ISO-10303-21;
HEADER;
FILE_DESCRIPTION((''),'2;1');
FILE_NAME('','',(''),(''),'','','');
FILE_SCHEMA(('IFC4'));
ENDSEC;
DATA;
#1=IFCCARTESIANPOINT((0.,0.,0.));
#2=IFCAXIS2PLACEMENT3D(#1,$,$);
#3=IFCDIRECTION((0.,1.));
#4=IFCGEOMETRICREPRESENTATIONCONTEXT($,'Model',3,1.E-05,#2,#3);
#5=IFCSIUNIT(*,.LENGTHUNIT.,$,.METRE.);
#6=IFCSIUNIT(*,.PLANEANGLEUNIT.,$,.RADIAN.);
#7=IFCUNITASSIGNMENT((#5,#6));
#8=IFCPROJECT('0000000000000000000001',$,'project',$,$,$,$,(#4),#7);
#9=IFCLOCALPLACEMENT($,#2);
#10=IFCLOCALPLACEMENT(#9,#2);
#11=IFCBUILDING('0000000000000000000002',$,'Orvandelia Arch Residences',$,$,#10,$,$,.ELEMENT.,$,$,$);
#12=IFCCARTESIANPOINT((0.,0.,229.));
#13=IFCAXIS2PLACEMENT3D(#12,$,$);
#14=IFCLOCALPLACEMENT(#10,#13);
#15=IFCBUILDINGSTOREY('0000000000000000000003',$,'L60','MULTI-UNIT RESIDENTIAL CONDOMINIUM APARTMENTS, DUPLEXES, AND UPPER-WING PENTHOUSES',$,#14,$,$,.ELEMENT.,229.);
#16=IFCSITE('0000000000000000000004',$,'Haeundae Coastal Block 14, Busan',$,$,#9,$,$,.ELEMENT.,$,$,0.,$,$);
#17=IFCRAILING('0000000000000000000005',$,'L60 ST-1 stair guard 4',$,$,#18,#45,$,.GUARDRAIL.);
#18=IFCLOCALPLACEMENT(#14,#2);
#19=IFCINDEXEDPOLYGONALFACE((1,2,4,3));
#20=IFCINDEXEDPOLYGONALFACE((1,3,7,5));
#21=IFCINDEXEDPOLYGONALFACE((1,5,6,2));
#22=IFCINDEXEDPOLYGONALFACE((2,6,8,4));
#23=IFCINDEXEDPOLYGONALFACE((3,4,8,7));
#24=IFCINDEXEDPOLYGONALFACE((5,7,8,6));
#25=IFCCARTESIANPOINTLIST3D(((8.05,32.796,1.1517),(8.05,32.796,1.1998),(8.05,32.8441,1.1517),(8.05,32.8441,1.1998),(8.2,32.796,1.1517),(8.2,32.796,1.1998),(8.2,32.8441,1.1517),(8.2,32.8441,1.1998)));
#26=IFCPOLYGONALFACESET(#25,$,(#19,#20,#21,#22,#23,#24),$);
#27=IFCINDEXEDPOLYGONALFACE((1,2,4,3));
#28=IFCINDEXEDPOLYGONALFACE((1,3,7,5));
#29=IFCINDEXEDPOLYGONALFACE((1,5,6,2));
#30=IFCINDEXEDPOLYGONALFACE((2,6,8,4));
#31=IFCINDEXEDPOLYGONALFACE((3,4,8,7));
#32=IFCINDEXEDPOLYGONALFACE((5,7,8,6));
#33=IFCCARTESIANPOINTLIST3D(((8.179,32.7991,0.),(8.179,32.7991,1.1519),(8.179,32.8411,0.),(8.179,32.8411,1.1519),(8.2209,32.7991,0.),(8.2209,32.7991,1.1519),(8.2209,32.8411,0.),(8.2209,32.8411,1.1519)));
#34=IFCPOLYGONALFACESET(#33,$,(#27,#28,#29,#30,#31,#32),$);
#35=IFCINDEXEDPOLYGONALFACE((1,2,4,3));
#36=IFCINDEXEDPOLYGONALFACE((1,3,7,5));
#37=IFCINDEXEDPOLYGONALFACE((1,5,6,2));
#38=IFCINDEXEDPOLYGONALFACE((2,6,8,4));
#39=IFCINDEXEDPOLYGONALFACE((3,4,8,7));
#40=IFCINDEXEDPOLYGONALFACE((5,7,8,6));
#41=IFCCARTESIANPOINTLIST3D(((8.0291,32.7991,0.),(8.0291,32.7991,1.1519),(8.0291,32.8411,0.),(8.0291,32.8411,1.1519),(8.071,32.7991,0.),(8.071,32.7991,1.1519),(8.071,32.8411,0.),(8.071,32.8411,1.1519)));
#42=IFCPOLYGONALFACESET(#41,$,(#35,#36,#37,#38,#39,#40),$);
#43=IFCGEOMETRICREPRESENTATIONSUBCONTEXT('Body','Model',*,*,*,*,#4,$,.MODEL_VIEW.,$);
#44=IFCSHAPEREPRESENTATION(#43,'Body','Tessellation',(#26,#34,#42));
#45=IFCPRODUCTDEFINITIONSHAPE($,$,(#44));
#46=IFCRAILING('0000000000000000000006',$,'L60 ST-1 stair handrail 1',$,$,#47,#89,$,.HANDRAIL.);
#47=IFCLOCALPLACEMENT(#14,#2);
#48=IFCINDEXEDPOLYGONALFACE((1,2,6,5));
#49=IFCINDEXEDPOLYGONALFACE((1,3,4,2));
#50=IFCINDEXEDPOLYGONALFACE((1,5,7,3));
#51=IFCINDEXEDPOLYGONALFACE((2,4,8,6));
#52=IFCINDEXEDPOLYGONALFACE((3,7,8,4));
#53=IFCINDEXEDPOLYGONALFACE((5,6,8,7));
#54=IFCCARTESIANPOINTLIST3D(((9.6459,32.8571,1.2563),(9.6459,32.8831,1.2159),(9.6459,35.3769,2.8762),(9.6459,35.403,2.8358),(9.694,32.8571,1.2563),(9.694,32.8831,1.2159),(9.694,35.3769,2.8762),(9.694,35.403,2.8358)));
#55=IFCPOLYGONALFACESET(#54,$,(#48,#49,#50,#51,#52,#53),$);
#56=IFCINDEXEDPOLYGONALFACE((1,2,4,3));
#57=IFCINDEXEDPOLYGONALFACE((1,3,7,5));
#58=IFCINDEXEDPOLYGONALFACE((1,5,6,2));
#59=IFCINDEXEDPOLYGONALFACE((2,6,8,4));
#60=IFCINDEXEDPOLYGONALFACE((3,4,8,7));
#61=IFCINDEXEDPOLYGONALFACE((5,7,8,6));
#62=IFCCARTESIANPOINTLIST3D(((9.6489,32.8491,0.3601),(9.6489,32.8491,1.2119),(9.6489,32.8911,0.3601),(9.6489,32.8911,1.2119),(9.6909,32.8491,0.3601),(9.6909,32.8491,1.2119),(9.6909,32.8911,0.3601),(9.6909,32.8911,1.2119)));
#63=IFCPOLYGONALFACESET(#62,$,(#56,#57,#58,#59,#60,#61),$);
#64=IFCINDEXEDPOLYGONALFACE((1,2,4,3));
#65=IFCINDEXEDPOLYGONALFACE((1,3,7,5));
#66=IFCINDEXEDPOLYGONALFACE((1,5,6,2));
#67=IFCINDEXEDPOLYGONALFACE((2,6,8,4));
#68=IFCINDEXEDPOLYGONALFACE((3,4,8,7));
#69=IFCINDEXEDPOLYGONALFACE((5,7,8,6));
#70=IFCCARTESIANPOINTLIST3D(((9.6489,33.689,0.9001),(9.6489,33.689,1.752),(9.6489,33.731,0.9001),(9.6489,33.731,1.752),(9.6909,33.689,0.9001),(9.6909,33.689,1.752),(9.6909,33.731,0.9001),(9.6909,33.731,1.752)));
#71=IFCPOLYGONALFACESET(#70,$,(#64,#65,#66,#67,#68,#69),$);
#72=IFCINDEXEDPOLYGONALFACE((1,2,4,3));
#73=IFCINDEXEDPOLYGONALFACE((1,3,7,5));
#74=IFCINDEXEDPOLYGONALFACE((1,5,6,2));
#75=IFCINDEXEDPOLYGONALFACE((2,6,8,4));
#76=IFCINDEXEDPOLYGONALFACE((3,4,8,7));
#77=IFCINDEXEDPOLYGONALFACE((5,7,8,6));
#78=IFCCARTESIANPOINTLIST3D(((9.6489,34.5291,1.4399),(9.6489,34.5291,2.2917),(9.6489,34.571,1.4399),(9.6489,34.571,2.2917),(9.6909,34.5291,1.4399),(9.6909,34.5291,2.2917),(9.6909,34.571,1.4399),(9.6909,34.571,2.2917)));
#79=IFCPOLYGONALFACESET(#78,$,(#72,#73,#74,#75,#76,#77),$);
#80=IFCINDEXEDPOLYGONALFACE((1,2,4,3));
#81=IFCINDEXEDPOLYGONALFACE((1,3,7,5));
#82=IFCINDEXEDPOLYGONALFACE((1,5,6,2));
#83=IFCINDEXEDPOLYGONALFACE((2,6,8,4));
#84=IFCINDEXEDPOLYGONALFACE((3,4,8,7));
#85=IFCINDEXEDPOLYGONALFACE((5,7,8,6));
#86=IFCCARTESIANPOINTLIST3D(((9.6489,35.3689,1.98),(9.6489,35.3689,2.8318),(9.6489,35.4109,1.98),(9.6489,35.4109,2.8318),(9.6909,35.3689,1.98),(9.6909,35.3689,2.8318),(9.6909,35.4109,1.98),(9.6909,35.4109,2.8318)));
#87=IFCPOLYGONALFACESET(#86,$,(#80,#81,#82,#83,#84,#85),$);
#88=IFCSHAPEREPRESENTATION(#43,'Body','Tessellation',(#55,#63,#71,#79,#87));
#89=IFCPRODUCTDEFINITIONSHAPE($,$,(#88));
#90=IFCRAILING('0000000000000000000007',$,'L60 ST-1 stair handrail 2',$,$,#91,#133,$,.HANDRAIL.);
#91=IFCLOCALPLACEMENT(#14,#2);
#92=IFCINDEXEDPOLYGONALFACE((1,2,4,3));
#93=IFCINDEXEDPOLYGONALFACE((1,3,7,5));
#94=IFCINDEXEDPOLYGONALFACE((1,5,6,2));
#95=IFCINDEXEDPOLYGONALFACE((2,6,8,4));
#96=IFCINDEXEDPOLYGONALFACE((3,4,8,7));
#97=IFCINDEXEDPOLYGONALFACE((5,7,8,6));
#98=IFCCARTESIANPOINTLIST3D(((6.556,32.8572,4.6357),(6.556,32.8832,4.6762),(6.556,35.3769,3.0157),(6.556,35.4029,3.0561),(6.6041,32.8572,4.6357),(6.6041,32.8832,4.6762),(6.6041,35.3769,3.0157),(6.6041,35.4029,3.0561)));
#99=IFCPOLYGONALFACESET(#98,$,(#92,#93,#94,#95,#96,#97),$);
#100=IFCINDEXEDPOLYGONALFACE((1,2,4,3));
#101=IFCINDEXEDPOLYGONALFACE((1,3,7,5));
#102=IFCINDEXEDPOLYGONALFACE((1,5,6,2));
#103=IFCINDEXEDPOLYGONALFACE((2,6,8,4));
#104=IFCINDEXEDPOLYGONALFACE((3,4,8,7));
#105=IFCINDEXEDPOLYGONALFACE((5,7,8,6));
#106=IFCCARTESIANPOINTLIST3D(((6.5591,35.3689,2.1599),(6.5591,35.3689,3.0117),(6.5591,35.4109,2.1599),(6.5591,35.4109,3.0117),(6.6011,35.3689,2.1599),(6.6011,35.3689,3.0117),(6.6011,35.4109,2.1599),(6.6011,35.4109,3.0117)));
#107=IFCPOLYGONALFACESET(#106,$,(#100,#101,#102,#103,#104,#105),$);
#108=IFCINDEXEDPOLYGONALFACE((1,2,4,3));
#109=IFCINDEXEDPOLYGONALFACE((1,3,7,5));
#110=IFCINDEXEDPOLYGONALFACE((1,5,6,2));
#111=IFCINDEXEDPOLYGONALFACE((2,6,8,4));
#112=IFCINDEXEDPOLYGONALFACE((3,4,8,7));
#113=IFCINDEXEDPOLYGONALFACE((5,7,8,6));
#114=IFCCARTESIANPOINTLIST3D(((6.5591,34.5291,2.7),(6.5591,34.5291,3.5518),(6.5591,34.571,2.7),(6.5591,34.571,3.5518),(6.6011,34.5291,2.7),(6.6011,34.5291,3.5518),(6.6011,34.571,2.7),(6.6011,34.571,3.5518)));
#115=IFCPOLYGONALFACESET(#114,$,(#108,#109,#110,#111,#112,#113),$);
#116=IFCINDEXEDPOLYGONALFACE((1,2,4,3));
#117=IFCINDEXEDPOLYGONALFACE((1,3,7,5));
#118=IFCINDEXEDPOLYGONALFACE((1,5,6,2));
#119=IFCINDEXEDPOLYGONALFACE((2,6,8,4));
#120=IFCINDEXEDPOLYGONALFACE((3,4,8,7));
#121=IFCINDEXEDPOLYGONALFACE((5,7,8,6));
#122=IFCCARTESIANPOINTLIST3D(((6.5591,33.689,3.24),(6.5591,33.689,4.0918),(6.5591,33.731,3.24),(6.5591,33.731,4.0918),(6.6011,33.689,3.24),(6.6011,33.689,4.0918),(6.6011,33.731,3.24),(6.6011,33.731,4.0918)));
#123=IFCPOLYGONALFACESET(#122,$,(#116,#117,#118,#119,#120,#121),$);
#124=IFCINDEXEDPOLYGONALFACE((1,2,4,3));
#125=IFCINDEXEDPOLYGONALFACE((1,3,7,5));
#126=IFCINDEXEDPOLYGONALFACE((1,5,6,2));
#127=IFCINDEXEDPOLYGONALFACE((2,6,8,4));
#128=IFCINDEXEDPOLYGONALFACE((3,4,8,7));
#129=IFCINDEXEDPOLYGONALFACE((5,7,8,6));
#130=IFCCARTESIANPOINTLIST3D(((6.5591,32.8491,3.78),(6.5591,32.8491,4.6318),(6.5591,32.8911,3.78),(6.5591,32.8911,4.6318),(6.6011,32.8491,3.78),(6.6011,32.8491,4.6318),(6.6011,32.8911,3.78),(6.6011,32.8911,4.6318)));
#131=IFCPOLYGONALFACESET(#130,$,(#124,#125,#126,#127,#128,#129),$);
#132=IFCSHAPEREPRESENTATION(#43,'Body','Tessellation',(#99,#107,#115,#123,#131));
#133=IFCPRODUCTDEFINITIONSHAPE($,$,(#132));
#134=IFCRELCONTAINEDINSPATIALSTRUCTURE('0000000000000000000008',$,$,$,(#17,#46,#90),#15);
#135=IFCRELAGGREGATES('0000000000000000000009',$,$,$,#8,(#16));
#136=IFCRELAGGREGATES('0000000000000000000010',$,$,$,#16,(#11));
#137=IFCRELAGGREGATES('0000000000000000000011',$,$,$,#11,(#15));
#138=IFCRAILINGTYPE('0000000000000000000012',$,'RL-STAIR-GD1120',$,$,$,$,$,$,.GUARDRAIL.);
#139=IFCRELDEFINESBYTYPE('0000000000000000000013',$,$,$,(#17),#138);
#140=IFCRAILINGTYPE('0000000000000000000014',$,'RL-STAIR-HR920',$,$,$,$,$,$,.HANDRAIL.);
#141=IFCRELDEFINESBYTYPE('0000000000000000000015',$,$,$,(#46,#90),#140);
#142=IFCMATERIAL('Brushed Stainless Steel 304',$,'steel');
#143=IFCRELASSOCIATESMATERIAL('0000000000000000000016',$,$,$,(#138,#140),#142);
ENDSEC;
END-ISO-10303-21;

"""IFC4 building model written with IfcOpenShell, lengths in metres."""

from ifc_helpers import new_model, si_unit, direction, frame, origin, origin_2d, place, context, subcontext, project, spatial, rectangle, extrude, material, type_object, element, save


model = new_model("IFC4")

# Units and contexts
model_context = context("Model", 3, precision=1e-05, world=origin(), true_north=direction((0.0, 1.0)))
body_context = subcontext(model_context, "Body", "Model", "MODEL_VIEW")
ifc_project = project(units=[si_unit("LENGTHUNIT", "METRE"), si_unit("PLANEANGLEUNIT", "RADIAN")], contexts=[model_context])

# Site, building, storey
site_placement = place(None, origin())
site = spatial("IfcSite", under=ifc_project, at=site_placement, Name="Haeundae Coastal Block 14, Busan", CompositionType="ELEMENT", RefElevation=0.0)
building_placement = place(site_placement, origin())
building = spatial("IfcBuilding", under=site, at=building_placement, Name="Orvandelia Arch Residences", CompositionType="ELEMENT")
storey_placement = place(building_placement, frame((0.0, 0.0, 229.0)))
storey = spatial("IfcBuildingStorey", under=building, at=storey_placement, Name="L60", Description="MULTI-UNIT RESIDENTIAL CONDOMINIUM APARTMENTS, DUPLEXES, AND UPPER-WING PENTHOUSES", CompositionType="ELEMENT", Elevation=229.0)

# Railings
ifc_material_1 = material(Name="Brushed Stainless Steel 304", Category="steel")
railing_type_1 = type_object("IfcRailingType", Name="RL-STAIR-GD1120", PredefinedType="GUARDRAIL", material=ifc_material_1)
railing_1_placement = place(storey_placement, frame((8.2, 32.8201, 0.0)))
element("IfcRailing", 1, at=railing_1_placement, inside=storey, type_object=railing_type_1, Name="L60 ST-1 stair guard 4", PredefinedType="GUARDRAIL", context=body_context, shape_type="SweptSolid", body=[
    extrude(rectangle(XDim=0.0481, YDim=0.0481, at=origin_2d()), frame((0.0, 0.0, 1.1758), z_axis=(-1.0, 0.0, 0.0), x_axis=(0.0, -1.0, 0.0)), (0.0, 0.0, 1.0), 0.1499),
    extrude(rectangle(XDim=0.042, YDim=0.042, at=origin_2d()), origin(), (0.0, 0.0, 1.0), 1.1519),
    extrude(rectangle(XDim=0.042, YDim=0.042, at=origin_2d()), frame((-0.1499, 0.0, 0.0)), (0.0, 0.0, 1.0), 1.1519),
])
railing_type_2 = type_object("IfcRailingType", Name="RL-STAIR-HR920", PredefinedType="HANDRAIL", material=ifc_material_1)
railing_2_placement = place(storey_placement, frame((9.6699, 32.8701, 0.3601)))
element("IfcRailing", 2, at=railing_2_placement, inside=storey, type_object=railing_type_2, Name="L60 ST-1 stair handrail 1", PredefinedType="HANDRAIL", context=body_context, shape_type="SweptSolid", body=[
    extrude(rectangle(XDim=0.0481, YDim=0.0481, at=origin_2d()), frame((0.0, 0.0, 0.876), z_axis=(0.0, 0.841176, 0.540762), x_axis=(-1.0, 0.0, 0.0)), (0.0, 0.0, 1.0), 2.9956),
    extrude(rectangle(XDim=0.042, YDim=0.042, at=origin_2d()), origin(), (0.0, 0.0, 1.0), 0.8518),
    extrude(rectangle(XDim=0.042, YDim=0.042, at=origin_2d()), frame((0.0, 0.8398, 0.54)), (0.0, 0.0, 1.0), 0.8518),
    extrude(rectangle(XDim=0.042, YDim=0.042, at=origin_2d()), frame((0.0, 1.6799, 1.0798)), (0.0, 0.0, 1.0), 0.8518),
    extrude(rectangle(XDim=0.042, YDim=0.042, at=origin_2d()), frame((0.0, 2.5198, 1.6199)), (0.0, 0.0, 1.0), 0.8518),
])
railing_3_placement = place(storey_placement, frame((6.5801, 35.3899, 2.1599)))
element("IfcRailing", 3, at=railing_3_placement, inside=storey, type_object=railing_type_2, Name="L60 ST-1 stair handrail 2", PredefinedType="HANDRAIL", context=body_context, shape_type="SweptSolid", body=[
    extrude(rectangle(XDim=0.0481, YDim=0.0481, at=origin_2d()), frame((0.0, 0.0, 0.876), z_axis=(0.0, -0.841139, 0.540819), x_axis=(1.0, 0.0, 0.0)), (0.0, 0.0, 1.0), 2.9956),
    extrude(rectangle(XDim=0.042, YDim=0.042, at=origin_2d()), origin(), (0.0, 0.0, 1.0), 0.8518),
    extrude(rectangle(XDim=0.042, YDim=0.042, at=origin_2d()), frame((0.0, -0.8398, 0.54)), (0.0, 0.0, 1.0), 0.8518),
    extrude(rectangle(XDim=0.042, YDim=0.042, at=origin_2d()), frame((0.0, -1.6799, 1.0801)), (0.0, 0.0, 1.0), 0.8518),
    extrude(rectangle(XDim=0.042, YDim=0.042, at=origin_2d()), frame((0.0, -2.5198, 1.6201)), (0.0, 0.0, 1.0), 0.8518),
])

save(model, "model.ifc")
